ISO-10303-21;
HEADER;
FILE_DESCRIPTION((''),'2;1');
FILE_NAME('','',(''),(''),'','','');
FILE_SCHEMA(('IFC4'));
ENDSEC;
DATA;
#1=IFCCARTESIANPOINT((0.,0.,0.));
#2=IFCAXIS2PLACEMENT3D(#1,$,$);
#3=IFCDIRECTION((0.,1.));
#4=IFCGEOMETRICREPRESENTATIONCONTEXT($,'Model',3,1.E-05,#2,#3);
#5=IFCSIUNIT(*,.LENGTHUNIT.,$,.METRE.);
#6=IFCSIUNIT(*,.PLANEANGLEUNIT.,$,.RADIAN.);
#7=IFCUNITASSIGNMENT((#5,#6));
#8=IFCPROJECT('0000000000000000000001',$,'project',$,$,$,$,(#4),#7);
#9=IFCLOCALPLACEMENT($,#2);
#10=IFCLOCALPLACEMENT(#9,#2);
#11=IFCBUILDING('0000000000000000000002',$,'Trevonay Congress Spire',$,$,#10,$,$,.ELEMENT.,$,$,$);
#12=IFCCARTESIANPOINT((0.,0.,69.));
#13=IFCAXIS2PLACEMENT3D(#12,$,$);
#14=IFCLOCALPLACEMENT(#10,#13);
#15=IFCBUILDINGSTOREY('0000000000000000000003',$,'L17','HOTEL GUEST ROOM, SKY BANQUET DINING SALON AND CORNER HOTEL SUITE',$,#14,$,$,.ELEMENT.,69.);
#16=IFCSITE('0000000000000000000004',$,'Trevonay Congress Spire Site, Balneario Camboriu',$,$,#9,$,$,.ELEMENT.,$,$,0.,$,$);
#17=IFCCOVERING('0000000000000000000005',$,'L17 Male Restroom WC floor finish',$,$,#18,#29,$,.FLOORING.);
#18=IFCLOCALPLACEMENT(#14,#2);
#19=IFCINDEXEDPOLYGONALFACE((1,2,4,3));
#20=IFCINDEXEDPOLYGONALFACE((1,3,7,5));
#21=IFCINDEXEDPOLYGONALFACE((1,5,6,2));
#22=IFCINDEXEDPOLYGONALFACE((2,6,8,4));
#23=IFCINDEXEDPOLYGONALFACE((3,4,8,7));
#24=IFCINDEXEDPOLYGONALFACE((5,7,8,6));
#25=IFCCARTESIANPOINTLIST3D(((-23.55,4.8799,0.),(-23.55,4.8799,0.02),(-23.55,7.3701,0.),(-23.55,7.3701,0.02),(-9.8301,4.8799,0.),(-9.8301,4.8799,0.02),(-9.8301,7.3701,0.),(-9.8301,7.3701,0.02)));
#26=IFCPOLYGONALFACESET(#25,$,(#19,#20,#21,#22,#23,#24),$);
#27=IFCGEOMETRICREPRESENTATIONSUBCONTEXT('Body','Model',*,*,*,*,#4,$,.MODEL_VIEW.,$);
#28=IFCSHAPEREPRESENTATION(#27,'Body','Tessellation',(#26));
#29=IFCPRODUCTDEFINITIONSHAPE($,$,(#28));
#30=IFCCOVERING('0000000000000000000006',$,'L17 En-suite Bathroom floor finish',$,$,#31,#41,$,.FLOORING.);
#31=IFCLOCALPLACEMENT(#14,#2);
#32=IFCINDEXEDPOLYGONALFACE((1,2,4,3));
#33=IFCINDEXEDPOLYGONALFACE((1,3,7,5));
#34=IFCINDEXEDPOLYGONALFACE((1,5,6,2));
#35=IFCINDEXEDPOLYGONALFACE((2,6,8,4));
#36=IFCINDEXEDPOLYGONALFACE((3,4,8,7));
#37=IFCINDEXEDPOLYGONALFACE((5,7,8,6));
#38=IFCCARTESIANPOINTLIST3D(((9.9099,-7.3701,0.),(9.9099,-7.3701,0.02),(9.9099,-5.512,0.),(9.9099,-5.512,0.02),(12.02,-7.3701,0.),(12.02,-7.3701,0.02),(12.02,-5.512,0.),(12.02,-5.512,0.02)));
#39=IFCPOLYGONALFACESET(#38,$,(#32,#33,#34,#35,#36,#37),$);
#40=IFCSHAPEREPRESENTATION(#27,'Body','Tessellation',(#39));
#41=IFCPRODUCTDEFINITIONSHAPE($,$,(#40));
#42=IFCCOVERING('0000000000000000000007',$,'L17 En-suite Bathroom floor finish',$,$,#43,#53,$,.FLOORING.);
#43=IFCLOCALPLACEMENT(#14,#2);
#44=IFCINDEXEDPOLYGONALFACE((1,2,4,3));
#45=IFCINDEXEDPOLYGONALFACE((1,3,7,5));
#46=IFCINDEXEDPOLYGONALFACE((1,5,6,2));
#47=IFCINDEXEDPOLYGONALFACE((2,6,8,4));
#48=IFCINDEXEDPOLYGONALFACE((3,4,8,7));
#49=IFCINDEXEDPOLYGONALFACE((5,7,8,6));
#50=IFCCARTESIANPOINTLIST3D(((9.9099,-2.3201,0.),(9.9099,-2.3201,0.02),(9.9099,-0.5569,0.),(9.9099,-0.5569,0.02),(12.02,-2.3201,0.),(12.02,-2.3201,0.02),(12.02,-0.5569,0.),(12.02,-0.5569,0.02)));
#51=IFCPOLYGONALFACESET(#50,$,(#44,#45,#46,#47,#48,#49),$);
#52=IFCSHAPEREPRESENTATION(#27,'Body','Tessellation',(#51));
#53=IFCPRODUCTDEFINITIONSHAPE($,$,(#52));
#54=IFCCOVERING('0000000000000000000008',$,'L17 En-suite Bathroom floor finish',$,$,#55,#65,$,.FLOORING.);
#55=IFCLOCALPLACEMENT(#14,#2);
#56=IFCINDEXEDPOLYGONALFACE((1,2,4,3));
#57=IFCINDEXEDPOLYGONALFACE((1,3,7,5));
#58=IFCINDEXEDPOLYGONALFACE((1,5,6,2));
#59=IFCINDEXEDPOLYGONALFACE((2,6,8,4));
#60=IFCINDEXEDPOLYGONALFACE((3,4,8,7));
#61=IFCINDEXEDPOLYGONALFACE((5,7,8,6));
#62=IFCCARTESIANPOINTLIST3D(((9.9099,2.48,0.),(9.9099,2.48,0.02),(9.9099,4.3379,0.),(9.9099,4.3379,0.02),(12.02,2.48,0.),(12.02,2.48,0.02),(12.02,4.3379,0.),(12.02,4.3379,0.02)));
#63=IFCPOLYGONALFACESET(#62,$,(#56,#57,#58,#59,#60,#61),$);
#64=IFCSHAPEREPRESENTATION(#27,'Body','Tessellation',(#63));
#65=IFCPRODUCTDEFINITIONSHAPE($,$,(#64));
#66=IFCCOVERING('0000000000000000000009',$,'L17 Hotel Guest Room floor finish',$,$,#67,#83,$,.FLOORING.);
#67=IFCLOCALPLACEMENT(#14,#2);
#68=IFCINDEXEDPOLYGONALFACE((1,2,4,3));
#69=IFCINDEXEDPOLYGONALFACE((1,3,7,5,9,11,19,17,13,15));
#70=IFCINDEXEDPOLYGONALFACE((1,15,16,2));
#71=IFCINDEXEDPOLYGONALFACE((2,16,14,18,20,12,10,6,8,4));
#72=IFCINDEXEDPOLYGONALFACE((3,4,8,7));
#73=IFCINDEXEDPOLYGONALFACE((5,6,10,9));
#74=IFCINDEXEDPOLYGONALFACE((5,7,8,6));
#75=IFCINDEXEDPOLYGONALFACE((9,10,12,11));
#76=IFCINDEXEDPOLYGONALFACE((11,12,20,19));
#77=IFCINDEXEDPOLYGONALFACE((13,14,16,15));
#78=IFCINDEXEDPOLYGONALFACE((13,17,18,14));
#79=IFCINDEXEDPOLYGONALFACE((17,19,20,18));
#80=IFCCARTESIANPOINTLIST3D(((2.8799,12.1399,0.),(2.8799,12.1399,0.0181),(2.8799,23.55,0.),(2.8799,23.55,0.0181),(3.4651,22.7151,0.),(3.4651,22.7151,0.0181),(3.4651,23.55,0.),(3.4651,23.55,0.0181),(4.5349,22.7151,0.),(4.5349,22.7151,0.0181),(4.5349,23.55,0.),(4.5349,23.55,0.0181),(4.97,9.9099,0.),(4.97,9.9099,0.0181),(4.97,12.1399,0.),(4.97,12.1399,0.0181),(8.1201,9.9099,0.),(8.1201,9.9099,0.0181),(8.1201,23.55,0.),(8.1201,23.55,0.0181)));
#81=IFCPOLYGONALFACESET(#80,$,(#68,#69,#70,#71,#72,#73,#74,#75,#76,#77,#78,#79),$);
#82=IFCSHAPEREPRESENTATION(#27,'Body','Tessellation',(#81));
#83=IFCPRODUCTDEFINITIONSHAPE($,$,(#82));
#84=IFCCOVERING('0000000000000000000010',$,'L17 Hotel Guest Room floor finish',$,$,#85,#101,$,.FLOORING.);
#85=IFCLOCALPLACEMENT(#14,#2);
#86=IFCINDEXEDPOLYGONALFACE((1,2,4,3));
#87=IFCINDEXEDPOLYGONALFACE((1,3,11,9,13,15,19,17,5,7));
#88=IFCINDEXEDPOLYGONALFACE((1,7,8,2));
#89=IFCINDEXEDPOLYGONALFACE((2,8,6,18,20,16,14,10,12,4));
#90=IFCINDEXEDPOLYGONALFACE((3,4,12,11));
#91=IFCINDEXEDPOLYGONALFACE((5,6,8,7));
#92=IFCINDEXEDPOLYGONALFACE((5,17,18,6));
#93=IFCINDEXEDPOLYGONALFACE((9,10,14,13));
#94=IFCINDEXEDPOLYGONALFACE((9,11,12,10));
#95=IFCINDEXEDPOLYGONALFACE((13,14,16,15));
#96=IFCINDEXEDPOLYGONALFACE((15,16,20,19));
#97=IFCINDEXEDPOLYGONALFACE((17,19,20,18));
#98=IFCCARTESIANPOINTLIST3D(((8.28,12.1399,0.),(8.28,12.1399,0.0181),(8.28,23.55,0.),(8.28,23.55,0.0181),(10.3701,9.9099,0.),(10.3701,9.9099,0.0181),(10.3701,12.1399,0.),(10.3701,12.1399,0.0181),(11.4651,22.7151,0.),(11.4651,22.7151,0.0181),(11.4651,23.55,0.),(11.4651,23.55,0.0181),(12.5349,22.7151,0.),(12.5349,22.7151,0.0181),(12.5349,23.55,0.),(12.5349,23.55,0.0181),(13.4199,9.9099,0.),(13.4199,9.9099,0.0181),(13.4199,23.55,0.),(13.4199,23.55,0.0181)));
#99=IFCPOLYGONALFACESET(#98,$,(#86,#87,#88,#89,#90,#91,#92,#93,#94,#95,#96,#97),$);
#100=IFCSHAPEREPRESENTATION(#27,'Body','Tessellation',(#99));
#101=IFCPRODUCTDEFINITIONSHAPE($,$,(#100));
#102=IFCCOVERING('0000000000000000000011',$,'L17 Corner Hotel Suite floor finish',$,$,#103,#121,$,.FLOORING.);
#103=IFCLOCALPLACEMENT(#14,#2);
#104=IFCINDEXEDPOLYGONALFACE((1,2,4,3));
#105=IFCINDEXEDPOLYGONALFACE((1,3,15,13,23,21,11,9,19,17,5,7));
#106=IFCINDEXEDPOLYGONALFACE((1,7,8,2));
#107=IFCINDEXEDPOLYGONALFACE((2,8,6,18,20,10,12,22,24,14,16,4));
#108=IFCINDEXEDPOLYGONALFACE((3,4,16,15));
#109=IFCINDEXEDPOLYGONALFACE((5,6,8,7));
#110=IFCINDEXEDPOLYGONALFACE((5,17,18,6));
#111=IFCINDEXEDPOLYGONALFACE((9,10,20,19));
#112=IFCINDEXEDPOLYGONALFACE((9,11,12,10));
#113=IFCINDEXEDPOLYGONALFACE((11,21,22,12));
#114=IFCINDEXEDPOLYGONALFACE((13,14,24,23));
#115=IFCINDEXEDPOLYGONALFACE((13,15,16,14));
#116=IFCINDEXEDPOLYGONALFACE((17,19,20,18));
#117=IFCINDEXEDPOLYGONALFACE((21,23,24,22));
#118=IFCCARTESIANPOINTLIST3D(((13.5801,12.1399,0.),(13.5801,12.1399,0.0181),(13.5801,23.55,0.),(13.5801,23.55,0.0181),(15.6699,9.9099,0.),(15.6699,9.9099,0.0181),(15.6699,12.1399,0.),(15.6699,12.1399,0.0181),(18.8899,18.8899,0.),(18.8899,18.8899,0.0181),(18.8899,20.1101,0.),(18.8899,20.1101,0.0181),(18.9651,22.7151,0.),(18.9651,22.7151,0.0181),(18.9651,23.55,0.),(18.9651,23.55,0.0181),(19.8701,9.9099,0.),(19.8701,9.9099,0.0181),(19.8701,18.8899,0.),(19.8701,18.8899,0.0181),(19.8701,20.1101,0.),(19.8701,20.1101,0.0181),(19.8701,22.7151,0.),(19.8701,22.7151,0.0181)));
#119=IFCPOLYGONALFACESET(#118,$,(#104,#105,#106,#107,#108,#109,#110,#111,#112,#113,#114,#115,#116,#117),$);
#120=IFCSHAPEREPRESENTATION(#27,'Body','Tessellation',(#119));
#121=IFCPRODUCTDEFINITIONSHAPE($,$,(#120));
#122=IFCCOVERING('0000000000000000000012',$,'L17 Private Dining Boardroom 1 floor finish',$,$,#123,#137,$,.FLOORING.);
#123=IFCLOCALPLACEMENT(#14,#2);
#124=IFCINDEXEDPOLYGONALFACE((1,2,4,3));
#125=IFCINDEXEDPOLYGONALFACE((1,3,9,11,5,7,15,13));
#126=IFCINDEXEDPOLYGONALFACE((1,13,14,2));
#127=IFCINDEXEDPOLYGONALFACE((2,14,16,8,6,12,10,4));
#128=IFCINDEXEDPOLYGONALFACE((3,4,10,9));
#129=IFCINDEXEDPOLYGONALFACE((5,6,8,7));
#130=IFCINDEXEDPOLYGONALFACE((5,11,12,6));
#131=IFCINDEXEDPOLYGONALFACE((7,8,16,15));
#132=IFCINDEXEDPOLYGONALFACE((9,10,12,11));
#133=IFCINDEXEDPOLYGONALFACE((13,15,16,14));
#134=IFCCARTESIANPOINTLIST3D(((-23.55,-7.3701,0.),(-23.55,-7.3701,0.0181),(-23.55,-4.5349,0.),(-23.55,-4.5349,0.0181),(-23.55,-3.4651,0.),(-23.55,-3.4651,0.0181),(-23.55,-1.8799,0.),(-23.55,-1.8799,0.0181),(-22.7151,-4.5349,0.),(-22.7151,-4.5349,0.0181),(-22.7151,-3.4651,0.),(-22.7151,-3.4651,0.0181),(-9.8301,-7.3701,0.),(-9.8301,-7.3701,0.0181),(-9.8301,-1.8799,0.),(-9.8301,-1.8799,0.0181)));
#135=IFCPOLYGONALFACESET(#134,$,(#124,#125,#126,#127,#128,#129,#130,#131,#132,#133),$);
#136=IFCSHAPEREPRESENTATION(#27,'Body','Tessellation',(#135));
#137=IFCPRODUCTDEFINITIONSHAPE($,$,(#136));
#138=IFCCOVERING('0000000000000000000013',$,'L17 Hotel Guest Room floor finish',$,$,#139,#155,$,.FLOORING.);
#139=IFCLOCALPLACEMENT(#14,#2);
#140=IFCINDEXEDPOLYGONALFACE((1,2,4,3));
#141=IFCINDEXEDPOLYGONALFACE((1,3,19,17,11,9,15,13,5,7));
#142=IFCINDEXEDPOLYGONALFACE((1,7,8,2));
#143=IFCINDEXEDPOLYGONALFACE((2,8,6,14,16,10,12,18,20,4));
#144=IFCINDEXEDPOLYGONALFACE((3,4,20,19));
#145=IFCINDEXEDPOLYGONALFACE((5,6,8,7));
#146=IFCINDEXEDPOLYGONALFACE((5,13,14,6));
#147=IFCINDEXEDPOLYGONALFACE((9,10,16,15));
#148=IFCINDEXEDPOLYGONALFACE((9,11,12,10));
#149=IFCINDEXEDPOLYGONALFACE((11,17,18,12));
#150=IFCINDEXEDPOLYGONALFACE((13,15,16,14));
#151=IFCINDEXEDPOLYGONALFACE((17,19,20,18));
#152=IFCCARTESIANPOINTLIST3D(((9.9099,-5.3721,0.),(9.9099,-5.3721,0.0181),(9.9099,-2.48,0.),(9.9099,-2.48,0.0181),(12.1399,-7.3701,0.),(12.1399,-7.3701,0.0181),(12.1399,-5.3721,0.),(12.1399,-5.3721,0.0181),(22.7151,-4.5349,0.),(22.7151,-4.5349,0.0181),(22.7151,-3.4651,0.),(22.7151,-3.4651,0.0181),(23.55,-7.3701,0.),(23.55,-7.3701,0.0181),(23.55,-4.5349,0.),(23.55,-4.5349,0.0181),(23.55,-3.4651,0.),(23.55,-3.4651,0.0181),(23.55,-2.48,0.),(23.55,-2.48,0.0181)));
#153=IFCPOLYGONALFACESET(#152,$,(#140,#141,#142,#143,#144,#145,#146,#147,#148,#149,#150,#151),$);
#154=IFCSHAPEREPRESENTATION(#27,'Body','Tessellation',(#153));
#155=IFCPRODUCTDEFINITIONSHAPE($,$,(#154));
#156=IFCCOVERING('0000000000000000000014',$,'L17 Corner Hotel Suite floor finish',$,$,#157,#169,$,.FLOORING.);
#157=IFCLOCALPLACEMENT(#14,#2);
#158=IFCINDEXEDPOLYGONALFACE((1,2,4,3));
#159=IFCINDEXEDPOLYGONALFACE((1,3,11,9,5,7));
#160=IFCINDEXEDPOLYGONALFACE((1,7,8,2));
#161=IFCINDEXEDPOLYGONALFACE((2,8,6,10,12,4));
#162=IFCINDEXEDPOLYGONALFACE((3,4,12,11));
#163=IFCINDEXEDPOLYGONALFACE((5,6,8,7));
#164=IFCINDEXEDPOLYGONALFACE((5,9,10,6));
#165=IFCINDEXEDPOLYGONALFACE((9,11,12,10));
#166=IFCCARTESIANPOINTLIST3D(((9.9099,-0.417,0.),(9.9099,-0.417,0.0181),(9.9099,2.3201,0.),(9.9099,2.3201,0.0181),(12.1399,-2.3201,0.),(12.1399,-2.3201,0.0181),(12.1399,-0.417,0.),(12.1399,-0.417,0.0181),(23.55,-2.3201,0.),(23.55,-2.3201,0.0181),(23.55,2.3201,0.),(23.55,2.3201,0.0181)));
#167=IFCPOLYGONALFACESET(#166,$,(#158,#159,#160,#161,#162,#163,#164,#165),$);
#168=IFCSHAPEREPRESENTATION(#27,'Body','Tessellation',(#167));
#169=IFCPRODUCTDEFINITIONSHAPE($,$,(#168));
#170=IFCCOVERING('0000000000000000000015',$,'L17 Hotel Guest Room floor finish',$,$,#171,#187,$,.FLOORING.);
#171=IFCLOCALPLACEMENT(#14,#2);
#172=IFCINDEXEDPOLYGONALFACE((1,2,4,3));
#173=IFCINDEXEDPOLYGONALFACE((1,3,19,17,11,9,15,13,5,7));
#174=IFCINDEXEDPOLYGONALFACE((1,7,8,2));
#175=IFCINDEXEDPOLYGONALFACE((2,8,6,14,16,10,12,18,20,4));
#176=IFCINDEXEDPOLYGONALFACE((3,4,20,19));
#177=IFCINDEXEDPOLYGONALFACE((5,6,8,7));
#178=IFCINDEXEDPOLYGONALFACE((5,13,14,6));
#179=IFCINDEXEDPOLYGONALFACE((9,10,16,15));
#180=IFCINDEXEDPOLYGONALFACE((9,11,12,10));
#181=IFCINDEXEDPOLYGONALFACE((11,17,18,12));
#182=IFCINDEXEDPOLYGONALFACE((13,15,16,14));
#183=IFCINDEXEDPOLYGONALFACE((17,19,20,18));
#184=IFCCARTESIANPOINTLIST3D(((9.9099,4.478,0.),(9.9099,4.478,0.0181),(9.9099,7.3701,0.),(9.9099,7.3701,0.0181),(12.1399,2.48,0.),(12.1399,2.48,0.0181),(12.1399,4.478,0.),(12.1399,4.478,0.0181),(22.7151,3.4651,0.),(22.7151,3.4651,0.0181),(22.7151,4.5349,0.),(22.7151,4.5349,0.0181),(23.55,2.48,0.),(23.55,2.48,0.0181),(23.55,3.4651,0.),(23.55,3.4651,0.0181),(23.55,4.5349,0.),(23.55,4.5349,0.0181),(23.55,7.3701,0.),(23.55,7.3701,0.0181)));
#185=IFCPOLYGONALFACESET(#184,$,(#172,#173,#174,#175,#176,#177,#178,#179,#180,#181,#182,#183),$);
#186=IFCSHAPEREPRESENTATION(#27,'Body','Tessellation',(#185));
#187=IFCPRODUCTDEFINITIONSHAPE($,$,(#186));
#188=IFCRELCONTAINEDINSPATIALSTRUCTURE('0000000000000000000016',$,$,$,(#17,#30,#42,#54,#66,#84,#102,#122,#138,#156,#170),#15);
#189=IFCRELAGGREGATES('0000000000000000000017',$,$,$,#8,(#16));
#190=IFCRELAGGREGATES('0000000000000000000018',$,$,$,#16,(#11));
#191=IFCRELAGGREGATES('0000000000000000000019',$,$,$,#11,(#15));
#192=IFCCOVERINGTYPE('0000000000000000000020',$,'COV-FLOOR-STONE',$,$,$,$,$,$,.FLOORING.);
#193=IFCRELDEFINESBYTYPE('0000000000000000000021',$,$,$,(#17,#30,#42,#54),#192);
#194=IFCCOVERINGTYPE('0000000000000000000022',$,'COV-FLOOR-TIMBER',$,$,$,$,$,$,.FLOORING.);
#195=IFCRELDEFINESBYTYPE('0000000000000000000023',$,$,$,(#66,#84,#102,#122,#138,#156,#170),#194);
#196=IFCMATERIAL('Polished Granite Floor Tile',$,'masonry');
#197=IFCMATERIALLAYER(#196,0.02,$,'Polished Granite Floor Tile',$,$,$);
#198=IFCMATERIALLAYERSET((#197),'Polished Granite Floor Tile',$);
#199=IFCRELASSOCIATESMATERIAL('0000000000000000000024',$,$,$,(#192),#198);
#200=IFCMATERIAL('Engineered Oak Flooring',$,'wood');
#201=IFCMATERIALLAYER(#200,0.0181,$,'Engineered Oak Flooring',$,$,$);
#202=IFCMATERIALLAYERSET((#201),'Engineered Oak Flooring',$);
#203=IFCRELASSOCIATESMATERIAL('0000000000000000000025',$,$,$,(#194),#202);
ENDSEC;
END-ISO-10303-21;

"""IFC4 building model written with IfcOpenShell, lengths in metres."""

from ifc_helpers import new_model, si_unit, direction, frame, origin, place, context, subcontext, project, spatial, polyline, outline, extrude, material, layer, layer_set, type_object, element, save


model = new_model("IFC4")

# Units and contexts
model_context = context("Model", 3, precision=1e-05, world=origin(), true_north=direction((0.0, 1.0)))
body_context = subcontext(model_context, "Body", "Model", "MODEL_VIEW")
ifc_project = project(units=[si_unit("LENGTHUNIT", "METRE"), si_unit("PLANEANGLEUNIT", "RADIAN")], contexts=[model_context])

# Site, building, storey
site_placement = place(None, origin())
site = spatial("IfcSite", under=ifc_project, at=site_placement, Name="Trevonay Congress Spire Site, Balneario Camboriu", CompositionType="ELEMENT", RefElevation=0.0)
building_placement = place(site_placement, origin())
building = spatial("IfcBuilding", under=site, at=building_placement, Name="Trevonay Congress Spire", CompositionType="ELEMENT")
storey_placement = place(building_placement, frame((0.0, 0.0, 69.0)))
storey = spatial("IfcBuildingStorey", under=building, at=storey_placement, Name="L17", Description="HOTEL GUEST ROOM, SKY BANQUET DINING SALON AND CORNER HOTEL SUITE", CompositionType="ELEMENT", Elevation=69.0)

# Coverings
ifc_material_1 = material(Name="Polished Granite Floor Tile", Category="masonry")
ifc_layer_1 = layer(ifc_material_1, 0.02, Name="Polished Granite Floor Tile")
ifc_layer_set_1 = layer_set([ifc_layer_1], Name="Polished Granite Floor Tile")
covering_type_1 = type_object("IfcCoveringType", Name="COV-FLOOR-STONE", PredefinedType="FLOORING", material=ifc_layer_set_1)
covering_1_placement = place(storey_placement, origin())
element("IfcCovering", 1, at=covering_1_placement, inside=storey, type_object=covering_type_1, Name="L17 Male Restroom WC floor finish", PredefinedType="FLOORING", context=body_context, shape_type="SweptSolid", body=[
    extrude(outline(polyline([(-23.55, 4.8799), (-9.8301, 4.8799), (-9.8301, 7.3701), (-23.55, 7.3701), (-23.55, 4.8799)])), origin(), (0.0, 0.0, 1.0), 0.02),
])
covering_2_placement = place(storey_placement, origin())
element("IfcCovering", 2, at=covering_2_placement, inside=storey, type_object=covering_type_1, Name="L17 En-suite Bathroom floor finish", PredefinedType="FLOORING", context=body_context, shape_type="SweptSolid", body=[
    extrude(outline(polyline([(9.9099, -7.3701), (12.02, -7.3701), (12.02, -5.512), (9.9099, -5.512), (9.9099, -7.3701)])), origin(), (0.0, 0.0, 1.0), 0.02),
])
covering_3_placement = place(storey_placement, origin())
element("IfcCovering", 3, at=covering_3_placement, inside=storey, type_object=covering_type_1, Name="L17 En-suite Bathroom floor finish", PredefinedType="FLOORING", context=body_context, shape_type="SweptSolid", body=[
    extrude(outline(polyline([(9.9099, -2.3201), (12.02, -2.3201), (12.02, -0.5569), (9.9099, -0.5569), (9.9099, -2.3201)])), origin(), (0.0, 0.0, 1.0), 0.02),
])
covering_4_placement = place(storey_placement, origin())
element("IfcCovering", 4, at=covering_4_placement, inside=storey, type_object=covering_type_1, Name="L17 En-suite Bathroom floor finish", PredefinedType="FLOORING", context=body_context, shape_type="SweptSolid", body=[
    extrude(outline(polyline([(9.9099, 2.48), (12.02, 2.48), (12.02, 4.3379), (9.9099, 4.3379), (9.9099, 2.48)])), origin(), (0.0, 0.0, 1.0), 0.02),
])
ifc_material_2 = material(Name="Engineered Oak Flooring", Category="wood")
ifc_layer_2 = layer(ifc_material_2, 0.0181, Name="Engineered Oak Flooring")
ifc_layer_set_2 = layer_set([ifc_layer_2], Name="Engineered Oak Flooring")
covering_type_2 = type_object("IfcCoveringType", Name="COV-FLOOR-TIMBER", PredefinedType="FLOORING", material=ifc_layer_set_2)
covering_5_placement = place(storey_placement, origin())
element("IfcCovering", 5, at=covering_5_placement, inside=storey, type_object=covering_type_2, Name="L17 Hotel Guest Room floor finish", PredefinedType="FLOORING", context=body_context, shape_type="SweptSolid", body=[
    extrude(outline(polyline([(8.1201, 23.55), (8.1201, 9.9099), (4.97, 9.9099), (4.97, 12.1399), (2.8799, 12.1399), (2.8799, 23.55), (3.4651, 23.55), (3.4651, 22.7151), (4.5349, 22.7151), (4.5349, 23.55), (8.1201, 23.55)])), origin(), (0.0, 0.0, 1.0), 0.0181),
])
covering_6_placement = place(storey_placement, origin())
element("IfcCovering", 6, at=covering_6_placement, inside=storey, type_object=covering_type_2, Name="L17 Hotel Guest Room floor finish", PredefinedType="FLOORING", context=body_context, shape_type="SweptSolid", body=[
    extrude(outline(polyline([(13.4199, 23.55), (13.4199, 9.9099), (10.3701, 9.9099), (10.3701, 12.1399), (8.28, 12.1399), (8.28, 23.55), (11.4651, 23.55), (11.4651, 22.7151), (12.5349, 22.7151), (12.5349, 23.55), (13.4199, 23.55)])), origin(), (0.0, 0.0, 1.0), 0.0181),
])
covering_7_placement = place(storey_placement, origin())
element("IfcCovering", 7, at=covering_7_placement, inside=storey, type_object=covering_type_2, Name="L17 Corner Hotel Suite floor finish", PredefinedType="FLOORING", context=body_context, shape_type="SweptSolid", body=[
    extrude(outline(polyline([(19.8701, 9.9099), (15.6699, 9.9099), (15.6699, 12.1399), (13.5801, 12.1399), (13.5801, 23.55), (18.9651, 23.55), (18.9651, 22.7151), (19.8701, 22.7151), (19.8701, 20.1101), (18.8899, 20.1101), (18.8899, 18.8899), (19.8701, 18.8899), (19.8701, 9.9099)])), origin(), (0.0, 0.0, 1.0), 0.0181),
])
covering_8_placement = place(storey_placement, origin())
element("IfcCovering", 8, at=covering_8_placement, inside=storey, type_object=covering_type_2, Name="L17 Private Dining Boardroom 1 floor finish", PredefinedType="FLOORING", context=body_context, shape_type="SweptSolid", body=[
    extrude(outline(polyline([(-23.55, -1.8799), (-9.8301, -1.8799), (-9.8301, -7.3701), (-23.55, -7.3701), (-23.55, -4.5349), (-22.7151, -4.5349), (-22.7151, -3.4651), (-23.55, -3.4651), (-23.55, -1.8799)])), origin(), (0.0, 0.0, 1.0), 0.0181),
])
covering_9_placement = place(storey_placement, origin())
element("IfcCovering", 9, at=covering_9_placement, inside=storey, type_object=covering_type_2, Name="L17 Hotel Guest Room floor finish", PredefinedType="FLOORING", context=body_context, shape_type="SweptSolid", body=[
    extrude(outline(polyline([(9.9099, -2.48), (23.55, -2.48), (23.55, -3.4651), (22.7151, -3.4651), (22.7151, -4.5349), (23.55, -4.5349), (23.55, -7.3701), (12.1399, -7.3701), (12.1399, -5.3721), (9.9099, -5.3721), (9.9099, -2.48)])), origin(), (0.0, 0.0, 1.0), 0.0181),
])
covering_10_placement = place(storey_placement, origin())
element("IfcCovering", 10, at=covering_10_placement, inside=storey, type_object=covering_type_2, Name="L17 Corner Hotel Suite floor finish", PredefinedType="FLOORING", context=body_context, shape_type="SweptSolid", body=[
    extrude(outline(polyline([(9.9099, -0.417), (9.9099, 2.3201), (23.55, 2.3201), (23.55, -2.3201), (12.1399, -2.3201), (12.1399, -0.417), (9.9099, -0.417)])), origin(), (0.0, 0.0, 1.0), 0.0181),
])
covering_11_placement = place(storey_placement, origin())
element("IfcCovering", 11, at=covering_11_placement, inside=storey, type_object=covering_type_2, Name="L17 Hotel Guest Room floor finish", PredefinedType="FLOORING", context=body_context, shape_type="SweptSolid", body=[
    extrude(outline(polyline([(9.9099, 7.3701), (23.55, 7.3701), (23.55, 4.5349), (22.7151, 4.5349), (22.7151, 3.4651), (23.55, 3.4651), (23.55, 2.48), (12.1399, 2.48), (12.1399, 4.478), (9.9099, 4.478), (9.9099, 7.3701)])), origin(), (0.0, 0.0, 1.0), 0.0181),
])

save(model, "model.ifc")
